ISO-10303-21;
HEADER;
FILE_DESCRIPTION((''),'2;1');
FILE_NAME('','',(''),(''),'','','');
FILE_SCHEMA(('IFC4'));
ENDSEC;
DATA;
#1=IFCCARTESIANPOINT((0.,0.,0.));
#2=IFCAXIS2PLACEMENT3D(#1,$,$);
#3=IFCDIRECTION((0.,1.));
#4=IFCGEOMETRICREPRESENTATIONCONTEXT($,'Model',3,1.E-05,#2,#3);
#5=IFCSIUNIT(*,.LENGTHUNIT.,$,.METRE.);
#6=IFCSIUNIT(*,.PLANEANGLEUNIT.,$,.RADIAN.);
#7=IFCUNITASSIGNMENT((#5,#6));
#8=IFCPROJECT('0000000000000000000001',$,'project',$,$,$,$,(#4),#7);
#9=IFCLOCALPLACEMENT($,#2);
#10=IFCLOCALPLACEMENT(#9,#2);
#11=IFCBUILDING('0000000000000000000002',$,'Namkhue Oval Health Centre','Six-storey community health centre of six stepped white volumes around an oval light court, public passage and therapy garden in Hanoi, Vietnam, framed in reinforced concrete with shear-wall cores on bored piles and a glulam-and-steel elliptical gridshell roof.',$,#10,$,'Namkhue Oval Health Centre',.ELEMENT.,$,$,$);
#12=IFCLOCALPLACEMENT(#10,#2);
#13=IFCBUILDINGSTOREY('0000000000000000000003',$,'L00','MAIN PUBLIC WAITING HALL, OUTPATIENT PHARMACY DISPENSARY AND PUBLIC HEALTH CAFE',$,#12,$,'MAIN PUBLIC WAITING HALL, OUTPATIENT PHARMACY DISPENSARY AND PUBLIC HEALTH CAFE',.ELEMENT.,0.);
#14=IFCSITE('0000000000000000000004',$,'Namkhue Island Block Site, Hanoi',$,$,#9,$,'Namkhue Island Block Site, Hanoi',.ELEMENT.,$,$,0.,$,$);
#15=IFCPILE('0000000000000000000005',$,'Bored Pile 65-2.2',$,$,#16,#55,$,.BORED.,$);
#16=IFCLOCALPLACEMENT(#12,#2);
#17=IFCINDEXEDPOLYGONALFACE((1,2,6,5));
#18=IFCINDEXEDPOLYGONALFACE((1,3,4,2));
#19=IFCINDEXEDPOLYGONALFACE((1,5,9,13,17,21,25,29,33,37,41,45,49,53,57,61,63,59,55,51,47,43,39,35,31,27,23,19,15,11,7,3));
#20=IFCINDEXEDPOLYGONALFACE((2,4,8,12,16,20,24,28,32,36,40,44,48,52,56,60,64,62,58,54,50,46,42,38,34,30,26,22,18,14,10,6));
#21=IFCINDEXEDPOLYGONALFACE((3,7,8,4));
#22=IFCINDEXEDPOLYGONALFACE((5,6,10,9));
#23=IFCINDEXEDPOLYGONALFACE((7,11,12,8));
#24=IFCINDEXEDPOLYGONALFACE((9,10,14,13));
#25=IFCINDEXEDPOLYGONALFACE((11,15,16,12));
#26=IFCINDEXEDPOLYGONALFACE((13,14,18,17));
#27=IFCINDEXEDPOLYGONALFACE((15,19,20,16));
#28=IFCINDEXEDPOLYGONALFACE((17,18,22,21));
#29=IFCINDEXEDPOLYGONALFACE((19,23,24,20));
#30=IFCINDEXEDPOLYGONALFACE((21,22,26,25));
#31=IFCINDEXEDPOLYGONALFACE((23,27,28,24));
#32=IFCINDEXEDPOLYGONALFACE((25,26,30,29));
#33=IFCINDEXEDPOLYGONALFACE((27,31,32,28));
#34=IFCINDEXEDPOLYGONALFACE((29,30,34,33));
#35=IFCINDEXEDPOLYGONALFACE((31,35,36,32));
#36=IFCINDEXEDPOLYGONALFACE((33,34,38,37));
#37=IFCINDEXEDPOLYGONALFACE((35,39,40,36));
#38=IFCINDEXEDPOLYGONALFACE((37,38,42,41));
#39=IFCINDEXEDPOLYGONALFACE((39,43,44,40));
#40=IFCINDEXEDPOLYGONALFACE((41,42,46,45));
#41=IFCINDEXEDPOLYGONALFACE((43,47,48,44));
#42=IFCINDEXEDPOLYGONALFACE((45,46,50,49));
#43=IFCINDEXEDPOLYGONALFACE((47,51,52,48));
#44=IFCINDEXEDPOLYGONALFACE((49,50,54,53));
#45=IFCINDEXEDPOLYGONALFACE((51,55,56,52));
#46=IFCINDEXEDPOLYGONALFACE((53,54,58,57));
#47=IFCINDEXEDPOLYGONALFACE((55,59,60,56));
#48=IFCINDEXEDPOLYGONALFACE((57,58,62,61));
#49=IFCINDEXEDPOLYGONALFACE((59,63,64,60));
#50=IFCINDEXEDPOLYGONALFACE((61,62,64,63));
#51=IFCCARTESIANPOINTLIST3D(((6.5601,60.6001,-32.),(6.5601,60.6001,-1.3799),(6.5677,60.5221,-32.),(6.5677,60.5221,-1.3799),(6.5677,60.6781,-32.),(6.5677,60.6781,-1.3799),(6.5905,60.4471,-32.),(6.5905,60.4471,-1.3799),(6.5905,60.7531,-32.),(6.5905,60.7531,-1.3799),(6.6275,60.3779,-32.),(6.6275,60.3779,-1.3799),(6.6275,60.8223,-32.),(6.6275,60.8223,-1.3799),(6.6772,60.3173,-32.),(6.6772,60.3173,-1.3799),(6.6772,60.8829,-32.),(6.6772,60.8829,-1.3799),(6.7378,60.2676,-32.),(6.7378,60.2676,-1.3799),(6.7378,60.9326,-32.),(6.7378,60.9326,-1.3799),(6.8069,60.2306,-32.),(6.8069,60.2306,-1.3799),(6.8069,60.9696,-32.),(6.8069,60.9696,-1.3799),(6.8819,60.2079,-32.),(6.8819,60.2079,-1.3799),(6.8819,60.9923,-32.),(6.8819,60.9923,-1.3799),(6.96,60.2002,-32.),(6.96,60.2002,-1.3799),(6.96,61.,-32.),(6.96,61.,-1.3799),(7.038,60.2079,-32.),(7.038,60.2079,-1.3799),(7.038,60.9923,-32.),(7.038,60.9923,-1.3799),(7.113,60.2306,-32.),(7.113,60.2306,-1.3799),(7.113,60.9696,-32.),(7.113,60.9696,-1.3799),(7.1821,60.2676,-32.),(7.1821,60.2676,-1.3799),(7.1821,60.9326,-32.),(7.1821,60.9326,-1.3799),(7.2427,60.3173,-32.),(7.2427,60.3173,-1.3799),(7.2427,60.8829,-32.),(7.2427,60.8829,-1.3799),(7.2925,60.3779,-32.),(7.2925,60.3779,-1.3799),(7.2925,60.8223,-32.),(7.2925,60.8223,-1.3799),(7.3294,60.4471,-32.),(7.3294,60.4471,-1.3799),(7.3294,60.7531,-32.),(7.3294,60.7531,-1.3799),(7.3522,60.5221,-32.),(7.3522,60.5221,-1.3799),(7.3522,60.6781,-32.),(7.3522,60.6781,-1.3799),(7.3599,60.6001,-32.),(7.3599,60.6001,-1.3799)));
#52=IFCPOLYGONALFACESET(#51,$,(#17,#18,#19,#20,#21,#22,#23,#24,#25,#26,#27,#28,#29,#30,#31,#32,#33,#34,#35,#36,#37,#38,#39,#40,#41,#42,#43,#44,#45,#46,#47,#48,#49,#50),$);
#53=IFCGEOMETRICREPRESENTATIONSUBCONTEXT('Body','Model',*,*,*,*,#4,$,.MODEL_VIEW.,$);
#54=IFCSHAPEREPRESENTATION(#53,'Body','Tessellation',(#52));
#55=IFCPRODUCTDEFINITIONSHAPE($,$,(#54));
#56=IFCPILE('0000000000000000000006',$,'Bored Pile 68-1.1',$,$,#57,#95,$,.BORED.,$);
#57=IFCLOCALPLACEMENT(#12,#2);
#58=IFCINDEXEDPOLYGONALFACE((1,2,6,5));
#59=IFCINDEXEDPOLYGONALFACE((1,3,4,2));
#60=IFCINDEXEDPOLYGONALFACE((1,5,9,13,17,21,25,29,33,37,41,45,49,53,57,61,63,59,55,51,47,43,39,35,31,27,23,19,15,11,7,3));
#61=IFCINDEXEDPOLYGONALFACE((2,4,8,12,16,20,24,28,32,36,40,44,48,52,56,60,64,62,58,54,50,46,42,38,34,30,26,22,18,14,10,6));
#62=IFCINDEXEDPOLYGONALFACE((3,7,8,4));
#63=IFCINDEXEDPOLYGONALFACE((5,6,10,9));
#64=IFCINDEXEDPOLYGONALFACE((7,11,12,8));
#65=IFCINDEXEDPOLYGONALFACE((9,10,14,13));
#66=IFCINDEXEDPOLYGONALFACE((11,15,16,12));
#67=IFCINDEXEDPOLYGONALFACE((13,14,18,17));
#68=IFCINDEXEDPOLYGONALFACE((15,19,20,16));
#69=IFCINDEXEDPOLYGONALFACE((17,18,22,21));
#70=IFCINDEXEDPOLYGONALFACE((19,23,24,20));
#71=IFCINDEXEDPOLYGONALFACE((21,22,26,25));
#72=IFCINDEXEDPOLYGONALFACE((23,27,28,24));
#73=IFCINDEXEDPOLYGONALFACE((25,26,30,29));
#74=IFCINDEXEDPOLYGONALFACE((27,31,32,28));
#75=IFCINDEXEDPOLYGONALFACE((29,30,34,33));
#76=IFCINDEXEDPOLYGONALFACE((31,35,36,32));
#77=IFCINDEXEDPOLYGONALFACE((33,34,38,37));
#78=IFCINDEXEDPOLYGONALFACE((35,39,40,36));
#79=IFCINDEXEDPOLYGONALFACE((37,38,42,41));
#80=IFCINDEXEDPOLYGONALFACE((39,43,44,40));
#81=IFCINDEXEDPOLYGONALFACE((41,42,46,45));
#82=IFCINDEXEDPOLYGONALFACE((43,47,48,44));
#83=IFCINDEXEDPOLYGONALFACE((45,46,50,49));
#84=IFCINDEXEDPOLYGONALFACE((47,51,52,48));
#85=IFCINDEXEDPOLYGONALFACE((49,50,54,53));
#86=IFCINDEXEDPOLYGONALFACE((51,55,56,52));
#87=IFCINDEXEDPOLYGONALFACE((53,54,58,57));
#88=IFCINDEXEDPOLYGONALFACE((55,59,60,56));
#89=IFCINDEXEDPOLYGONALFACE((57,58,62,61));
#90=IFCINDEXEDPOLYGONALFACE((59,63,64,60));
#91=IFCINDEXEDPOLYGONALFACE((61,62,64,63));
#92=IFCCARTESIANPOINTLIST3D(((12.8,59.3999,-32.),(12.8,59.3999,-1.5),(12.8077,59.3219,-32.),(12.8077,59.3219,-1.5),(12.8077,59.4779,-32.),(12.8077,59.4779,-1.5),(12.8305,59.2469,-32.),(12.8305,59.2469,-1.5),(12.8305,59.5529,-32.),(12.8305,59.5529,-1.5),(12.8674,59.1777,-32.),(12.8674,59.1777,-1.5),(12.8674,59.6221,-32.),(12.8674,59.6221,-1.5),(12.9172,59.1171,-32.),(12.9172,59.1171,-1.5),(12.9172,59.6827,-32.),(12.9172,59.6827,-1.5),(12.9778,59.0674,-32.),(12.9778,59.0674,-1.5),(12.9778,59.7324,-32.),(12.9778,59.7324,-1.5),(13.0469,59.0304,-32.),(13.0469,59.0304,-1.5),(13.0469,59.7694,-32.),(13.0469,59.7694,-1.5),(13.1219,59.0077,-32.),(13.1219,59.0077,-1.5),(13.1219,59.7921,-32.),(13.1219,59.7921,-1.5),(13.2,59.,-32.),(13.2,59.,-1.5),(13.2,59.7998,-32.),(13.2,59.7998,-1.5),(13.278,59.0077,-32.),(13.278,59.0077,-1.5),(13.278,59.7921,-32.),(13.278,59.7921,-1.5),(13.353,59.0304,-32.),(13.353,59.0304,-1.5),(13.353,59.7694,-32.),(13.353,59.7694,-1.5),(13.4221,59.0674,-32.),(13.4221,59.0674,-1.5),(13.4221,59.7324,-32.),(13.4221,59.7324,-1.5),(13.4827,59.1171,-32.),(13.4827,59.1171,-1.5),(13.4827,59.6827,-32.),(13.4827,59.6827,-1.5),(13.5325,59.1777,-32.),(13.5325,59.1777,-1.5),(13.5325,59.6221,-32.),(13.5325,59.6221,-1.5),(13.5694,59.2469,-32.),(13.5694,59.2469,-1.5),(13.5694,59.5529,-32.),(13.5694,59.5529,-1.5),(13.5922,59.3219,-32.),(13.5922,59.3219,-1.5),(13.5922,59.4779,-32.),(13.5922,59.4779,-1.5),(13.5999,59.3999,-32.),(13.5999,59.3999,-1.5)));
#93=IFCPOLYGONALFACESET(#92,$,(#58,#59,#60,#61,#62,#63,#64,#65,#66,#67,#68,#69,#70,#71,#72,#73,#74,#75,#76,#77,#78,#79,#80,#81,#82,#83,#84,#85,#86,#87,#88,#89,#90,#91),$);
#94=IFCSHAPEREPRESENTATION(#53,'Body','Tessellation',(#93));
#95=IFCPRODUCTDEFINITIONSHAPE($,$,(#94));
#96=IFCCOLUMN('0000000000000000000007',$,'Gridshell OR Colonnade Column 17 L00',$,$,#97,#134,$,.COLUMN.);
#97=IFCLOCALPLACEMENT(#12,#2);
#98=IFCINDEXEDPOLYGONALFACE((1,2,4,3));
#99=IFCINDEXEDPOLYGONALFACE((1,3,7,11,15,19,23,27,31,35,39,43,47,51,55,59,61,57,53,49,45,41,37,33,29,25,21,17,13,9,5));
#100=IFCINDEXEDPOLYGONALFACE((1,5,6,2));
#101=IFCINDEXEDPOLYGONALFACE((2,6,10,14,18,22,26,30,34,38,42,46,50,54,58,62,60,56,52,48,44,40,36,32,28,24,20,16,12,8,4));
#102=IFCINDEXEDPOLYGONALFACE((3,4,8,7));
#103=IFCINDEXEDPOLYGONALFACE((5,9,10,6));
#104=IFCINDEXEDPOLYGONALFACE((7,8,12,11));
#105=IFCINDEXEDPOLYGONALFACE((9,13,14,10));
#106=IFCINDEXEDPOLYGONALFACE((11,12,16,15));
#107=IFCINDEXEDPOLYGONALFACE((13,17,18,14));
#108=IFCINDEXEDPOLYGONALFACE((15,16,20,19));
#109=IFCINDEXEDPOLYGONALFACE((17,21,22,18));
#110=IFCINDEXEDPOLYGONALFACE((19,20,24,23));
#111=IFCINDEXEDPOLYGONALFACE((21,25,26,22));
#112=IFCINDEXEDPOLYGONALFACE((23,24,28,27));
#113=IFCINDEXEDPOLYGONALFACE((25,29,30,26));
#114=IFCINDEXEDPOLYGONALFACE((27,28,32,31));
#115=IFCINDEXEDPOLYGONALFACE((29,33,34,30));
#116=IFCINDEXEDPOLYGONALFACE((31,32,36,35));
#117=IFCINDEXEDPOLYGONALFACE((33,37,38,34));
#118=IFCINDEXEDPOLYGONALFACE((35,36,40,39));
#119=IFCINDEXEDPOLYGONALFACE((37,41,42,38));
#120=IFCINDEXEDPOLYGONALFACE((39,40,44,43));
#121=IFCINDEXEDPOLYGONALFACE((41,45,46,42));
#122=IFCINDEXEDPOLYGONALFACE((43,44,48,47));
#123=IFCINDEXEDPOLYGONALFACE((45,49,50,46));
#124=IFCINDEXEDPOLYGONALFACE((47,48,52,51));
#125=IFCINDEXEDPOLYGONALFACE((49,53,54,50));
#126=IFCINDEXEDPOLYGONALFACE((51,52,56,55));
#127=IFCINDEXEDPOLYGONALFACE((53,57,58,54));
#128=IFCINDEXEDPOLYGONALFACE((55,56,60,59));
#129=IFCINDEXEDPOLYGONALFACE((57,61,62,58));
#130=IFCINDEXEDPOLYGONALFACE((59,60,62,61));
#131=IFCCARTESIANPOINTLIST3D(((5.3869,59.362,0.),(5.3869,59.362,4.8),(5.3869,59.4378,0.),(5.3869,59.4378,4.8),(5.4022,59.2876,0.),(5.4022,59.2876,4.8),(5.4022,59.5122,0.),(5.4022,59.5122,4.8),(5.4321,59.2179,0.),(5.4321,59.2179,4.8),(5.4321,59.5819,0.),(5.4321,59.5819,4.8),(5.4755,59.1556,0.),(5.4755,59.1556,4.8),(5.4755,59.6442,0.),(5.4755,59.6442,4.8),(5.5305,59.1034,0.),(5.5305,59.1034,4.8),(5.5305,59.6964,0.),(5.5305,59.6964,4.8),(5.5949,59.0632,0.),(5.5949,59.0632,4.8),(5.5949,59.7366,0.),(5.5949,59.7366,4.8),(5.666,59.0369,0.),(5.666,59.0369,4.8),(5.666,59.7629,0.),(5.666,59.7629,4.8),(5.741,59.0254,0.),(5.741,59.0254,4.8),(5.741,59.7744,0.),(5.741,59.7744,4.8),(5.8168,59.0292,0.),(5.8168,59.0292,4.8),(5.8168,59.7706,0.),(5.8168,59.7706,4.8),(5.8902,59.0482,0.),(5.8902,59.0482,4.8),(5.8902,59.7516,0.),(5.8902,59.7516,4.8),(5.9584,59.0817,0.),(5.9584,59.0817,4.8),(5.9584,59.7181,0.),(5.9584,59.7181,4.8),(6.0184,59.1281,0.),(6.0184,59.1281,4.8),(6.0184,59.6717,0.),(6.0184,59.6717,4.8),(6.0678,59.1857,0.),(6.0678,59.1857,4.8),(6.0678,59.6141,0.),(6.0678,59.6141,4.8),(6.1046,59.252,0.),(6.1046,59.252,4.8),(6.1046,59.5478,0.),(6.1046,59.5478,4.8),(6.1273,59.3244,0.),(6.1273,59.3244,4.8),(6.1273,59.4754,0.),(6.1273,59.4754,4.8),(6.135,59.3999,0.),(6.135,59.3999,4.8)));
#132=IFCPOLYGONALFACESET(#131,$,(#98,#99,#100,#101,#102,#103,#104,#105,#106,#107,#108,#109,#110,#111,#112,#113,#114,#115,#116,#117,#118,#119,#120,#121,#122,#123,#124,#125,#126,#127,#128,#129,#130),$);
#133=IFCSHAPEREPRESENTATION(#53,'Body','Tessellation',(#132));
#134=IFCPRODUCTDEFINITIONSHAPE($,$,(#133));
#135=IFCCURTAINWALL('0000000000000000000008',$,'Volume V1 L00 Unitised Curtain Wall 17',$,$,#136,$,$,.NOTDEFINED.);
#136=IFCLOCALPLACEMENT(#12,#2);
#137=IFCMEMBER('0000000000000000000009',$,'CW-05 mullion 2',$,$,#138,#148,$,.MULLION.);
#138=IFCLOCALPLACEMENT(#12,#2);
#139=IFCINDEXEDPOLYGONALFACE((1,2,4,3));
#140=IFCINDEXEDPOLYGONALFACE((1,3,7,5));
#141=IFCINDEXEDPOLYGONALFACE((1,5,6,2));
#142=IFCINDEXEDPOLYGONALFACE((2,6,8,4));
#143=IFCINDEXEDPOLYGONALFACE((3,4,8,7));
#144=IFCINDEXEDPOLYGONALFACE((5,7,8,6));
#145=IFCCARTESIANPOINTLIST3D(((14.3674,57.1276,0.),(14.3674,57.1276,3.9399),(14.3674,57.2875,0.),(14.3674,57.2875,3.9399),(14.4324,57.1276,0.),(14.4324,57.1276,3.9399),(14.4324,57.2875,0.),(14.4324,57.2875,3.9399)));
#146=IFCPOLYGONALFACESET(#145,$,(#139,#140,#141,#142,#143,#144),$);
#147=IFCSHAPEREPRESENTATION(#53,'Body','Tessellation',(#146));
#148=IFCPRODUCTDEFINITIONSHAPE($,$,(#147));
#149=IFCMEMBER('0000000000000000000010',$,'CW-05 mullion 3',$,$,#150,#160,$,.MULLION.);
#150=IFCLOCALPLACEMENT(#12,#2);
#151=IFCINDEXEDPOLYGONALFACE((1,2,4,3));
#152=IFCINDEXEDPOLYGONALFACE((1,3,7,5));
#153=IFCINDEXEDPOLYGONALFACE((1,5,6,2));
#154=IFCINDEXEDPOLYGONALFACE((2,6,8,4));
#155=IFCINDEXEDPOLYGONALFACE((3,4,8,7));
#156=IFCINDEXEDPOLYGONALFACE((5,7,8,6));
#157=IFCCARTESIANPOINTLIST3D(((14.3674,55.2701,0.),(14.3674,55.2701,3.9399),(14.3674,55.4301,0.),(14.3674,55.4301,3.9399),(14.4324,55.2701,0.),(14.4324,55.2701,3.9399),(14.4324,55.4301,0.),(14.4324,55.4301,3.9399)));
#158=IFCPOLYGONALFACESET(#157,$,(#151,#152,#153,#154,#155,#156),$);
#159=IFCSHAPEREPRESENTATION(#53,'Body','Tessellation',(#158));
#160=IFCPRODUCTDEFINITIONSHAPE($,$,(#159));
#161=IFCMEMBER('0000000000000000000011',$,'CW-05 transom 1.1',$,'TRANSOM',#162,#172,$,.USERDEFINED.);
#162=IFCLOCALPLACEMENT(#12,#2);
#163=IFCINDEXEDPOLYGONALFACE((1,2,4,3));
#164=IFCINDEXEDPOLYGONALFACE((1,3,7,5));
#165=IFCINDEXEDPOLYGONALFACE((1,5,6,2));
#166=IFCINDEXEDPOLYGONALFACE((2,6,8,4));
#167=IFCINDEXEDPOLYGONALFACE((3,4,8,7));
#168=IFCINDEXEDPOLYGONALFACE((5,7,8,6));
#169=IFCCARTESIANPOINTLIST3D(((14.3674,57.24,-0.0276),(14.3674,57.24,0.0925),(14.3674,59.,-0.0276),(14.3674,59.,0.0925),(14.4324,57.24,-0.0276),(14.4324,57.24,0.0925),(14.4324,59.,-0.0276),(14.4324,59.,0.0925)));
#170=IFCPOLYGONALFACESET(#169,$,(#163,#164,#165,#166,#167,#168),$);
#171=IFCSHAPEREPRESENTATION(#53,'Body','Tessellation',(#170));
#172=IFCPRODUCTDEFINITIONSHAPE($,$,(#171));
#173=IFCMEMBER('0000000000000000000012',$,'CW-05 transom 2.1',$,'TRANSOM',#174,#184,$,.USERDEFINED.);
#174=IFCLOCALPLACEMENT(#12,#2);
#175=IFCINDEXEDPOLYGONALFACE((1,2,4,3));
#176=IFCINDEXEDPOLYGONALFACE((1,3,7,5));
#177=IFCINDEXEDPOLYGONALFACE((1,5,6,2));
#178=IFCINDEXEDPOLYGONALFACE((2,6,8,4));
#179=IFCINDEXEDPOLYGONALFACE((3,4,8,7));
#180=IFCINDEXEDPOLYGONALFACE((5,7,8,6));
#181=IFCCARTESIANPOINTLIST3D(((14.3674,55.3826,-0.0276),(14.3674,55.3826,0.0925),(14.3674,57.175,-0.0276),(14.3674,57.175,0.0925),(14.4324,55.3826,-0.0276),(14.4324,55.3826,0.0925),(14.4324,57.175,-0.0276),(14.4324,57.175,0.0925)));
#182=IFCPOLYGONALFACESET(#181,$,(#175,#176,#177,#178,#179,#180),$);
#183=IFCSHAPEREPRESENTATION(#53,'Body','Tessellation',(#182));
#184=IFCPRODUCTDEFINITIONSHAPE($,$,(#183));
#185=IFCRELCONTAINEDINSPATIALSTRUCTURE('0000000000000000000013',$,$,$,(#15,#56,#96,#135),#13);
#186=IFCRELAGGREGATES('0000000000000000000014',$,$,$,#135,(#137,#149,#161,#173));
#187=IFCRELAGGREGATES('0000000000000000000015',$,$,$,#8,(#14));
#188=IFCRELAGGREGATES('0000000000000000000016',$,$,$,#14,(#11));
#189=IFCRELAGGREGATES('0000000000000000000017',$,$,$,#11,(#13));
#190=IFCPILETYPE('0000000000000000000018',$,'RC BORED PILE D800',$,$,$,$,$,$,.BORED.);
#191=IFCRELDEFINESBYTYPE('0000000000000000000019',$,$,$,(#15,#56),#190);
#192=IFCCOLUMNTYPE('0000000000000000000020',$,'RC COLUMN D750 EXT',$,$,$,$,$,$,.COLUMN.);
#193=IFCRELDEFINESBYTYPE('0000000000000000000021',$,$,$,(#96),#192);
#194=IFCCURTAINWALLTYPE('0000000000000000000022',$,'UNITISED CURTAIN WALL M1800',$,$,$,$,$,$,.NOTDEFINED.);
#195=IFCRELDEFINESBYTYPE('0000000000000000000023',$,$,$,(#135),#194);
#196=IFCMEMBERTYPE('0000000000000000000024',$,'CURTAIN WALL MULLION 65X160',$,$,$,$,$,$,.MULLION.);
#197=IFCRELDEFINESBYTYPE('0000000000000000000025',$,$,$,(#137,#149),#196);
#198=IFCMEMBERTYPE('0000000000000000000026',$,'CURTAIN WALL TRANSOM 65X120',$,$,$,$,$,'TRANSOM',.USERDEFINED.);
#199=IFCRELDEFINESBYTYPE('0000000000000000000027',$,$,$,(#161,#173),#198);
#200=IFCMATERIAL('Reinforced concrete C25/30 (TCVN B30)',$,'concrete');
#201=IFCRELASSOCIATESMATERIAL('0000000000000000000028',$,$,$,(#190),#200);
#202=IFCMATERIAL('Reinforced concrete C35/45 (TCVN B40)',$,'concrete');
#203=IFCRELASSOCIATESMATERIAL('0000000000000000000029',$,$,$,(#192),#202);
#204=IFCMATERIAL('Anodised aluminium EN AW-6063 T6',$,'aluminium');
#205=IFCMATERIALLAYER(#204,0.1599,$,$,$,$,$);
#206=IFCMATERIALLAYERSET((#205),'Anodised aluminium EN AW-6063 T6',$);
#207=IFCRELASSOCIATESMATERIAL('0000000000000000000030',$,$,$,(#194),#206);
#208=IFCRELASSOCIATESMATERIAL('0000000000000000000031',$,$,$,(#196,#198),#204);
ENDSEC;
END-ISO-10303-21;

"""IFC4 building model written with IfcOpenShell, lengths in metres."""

from ifc_helpers import new_model, si_unit, direction, frame, origin, origin_2d, place, context, subcontext, project, spatial, rectangle, circle, extrude, material, layer, layer_set, material_profile, profile_set, type_object, element, aggregate, save


model = new_model("IFC4")

# Units and contexts
model_context = context("Model", 3, precision=1e-05, world=origin(), true_north=direction((0.0, 1.0)))
body_context = subcontext(model_context, "Body", "Model", "MODEL_VIEW")
ifc_project = project(units=[si_unit("LENGTHUNIT", "METRE"), si_unit("PLANEANGLEUNIT", "RADIAN")], contexts=[model_context])

# Site, building, storey
site_placement = place(None, origin())
site = spatial("IfcSite", under=ifc_project, at=site_placement, Name="Namkhue Island Block Site, Hanoi", LongName="Namkhue Island Block Site, Hanoi", CompositionType="ELEMENT", RefElevation=0.0)
building_placement = place(site_placement, origin())
building = spatial("IfcBuilding", under=site, at=building_placement, Name="Namkhue Oval Health Centre", Description="Six-storey community health centre of six stepped white volumes around an oval light court, public passage and therapy garden in Hanoi, Vietnam, framed in reinforced concrete with shear-wall cores on bored piles and a glulam-and-steel elliptical gridshell roof.", LongName="Namkhue Oval Health Centre", CompositionType="ELEMENT")
storey_placement = place(building_placement, origin())
storey = spatial("IfcBuildingStorey", under=building, at=storey_placement, Name="L00", Description="MAIN PUBLIC WAITING HALL, OUTPATIENT PHARMACY DISPENSARY AND PUBLIC HEALTH CAFE", LongName="MAIN PUBLIC WAITING HALL, OUTPATIENT PHARMACY DISPENSARY AND PUBLIC HEALTH CAFE", CompositionType="ELEMENT", Elevation=0.0)

# Piles
ifc_material_1 = material(Name="Reinforced concrete C25/30 (TCVN B30)", Category="concrete")
ifc_material_profile_1 = material_profile(ifc_material_1, circle(Radius=0.3999, at=origin_2d()), Name="BORED PILE D800")
ifc_profile_set_1 = profile_set([ifc_material_profile_1], Name="Reinforced concrete C25/30 (TCVN B30)")
pile_type = type_object("IfcPileType", Name="RC BORED PILE D800", PredefinedType="BORED", material=ifc_profile_set_1)
for number, where, z_axis, x_axis, name in (
    (1, (6.96, 60.6001, -1.3799), (0.0, 0.0, -1.0), (1.0, 0.0, 0.0), "Bored Pile 65-2.2"),
):
    element("IfcPile", number, at=place(storey_placement, frame(where, z_axis=z_axis, x_axis=x_axis)), inside=storey, type_object=pile_type, Name=name, PredefinedType="BORED", context=body_context, shape_type="SweptSolid", body=[
        extrude(circle(Radius=0.3999, at=origin_2d()), origin(), (0.0, 0.0, 1.0), 30.6201),
    ])
pile_placement = place(storey_placement, frame((13.2, 59.3999, -1.5), z_axis=(0.0, 0.0, -1.0), x_axis=(1.0, 0.0, 0.0)))
element("IfcPile", 2, at=pile_placement, inside=storey, type_object=pile_type, Name="Bored Pile 68-1.1", PredefinedType="BORED", context=body_context, shape_type="SweptSolid", body=[
    extrude(circle(Radius=0.3999, at=origin_2d()), origin(), (0.0, 0.0, 1.0), 30.5),
])

# Column
ifc_material_2 = material(Name="Reinforced concrete C35/45 (TCVN B40)", Category="concrete")
ifc_material_profile_2 = material_profile(ifc_material_2, circle(Radius=0.375, at=origin_2d()), Name="RC D750")
ifc_profile_set_2 = profile_set([ifc_material_profile_2], Name="Reinforced concrete C35/45 (TCVN B40)")
column_type = type_object("IfcColumnType", Name="RC COLUMN D750 EXT", PredefinedType="COLUMN", material=ifc_profile_set_2)
column_placement = place(storey_placement, frame((5.76, 59.3999, 0.0), z_axis=(0.0, 0.0, 1.0), x_axis=(1.0, 0.0, 0.0)))
element("IfcColumn", 3, at=column_placement, inside=storey, type_object=column_type, Name="Gridshell OR Colonnade Column 17 L00", PredefinedType="COLUMN", context=body_context, shape_type="SweptSolid", body=[
    extrude(circle(Radius=0.375, at=origin_2d()), origin(), (0.0, 0.0, 1.0), 4.8),
])

# Curtain wall, members
ifc_material_3 = material(Name="Anodised aluminium EN AW-6063 T6", Category="aluminium")
ifc_layer_1 = layer(ifc_material_3, 0.1599)
ifc_layer_set_1 = layer_set([ifc_layer_1], Name="Anodised aluminium EN AW-6063 T6")
curtain_wall_type = type_object("IfcCurtainWallType", Name="UNITISED CURTAIN WALL M1800", PredefinedType="NOTDEFINED", material=ifc_layer_set_1)
curtain_wall_placement = place(storey_placement, origin())
curtain_wall = element("IfcCurtainWall", 4, at=curtain_wall_placement, inside=storey, type_object=curtain_wall_type, Name="Volume V1 L00 Unitised Curtain Wall 17", PredefinedType="NOTDEFINED")
ifc_material_profile_3 = material_profile(ifc_material_3, rectangle(XDim=0.0649, YDim=0.1599, at=origin_2d()), Name="ALU 65x160")
ifc_profile_set_3 = profile_set([ifc_material_profile_3], Name="Anodised aluminium EN AW-6063 T6")
member_type_1 = type_object("IfcMemberType", Name="CURTAIN WALL MULLION 65X160", PredefinedType="MULLION", material=ifc_profile_set_3)
member_1_placement = place(storey_placement, frame((14.3999, 57.2075, 0.0), z_axis=(0.0, 0.0, 1.0), x_axis=(1.0, 0.0, 0.0)))
member_1 = element("IfcMember", 5, at=member_1_placement, type_object=member_type_1, Name="CW-05 mullion 2", PredefinedType="MULLION", context=body_context, shape_type="SweptSolid", body=[
    extrude(rectangle(XDim=0.0649, YDim=0.1599, at=origin_2d()), origin(), (0.0, 0.0, 1.0), 3.9399),
])
member_2_placement = place(storey_placement, frame((14.3999, 55.3501, 0.0), z_axis=(0.0, 0.0, 1.0), x_axis=(1.0, 0.0, 0.0)))
member_2 = element("IfcMember", 6, at=member_2_placement, type_object=member_type_1, Name="CW-05 mullion 3", PredefinedType="MULLION", context=body_context, shape_type="SweptSolid", body=[
    extrude(rectangle(XDim=0.0649, YDim=0.1599, at=origin_2d()), origin(), (0.0, 0.0, 1.0), 3.9399),
])
ifc_material_profile_4 = material_profile(ifc_material_3, rectangle(XDim=0.0649, YDim=0.1201, at=origin_2d()), Name="ALU 65x120")
ifc_profile_set_4 = profile_set([ifc_material_profile_4], Name="Anodised aluminium EN AW-6063 T6")
member_type_2 = type_object("IfcMemberType", Name="CURTAIN WALL TRANSOM 65X120", ElementType="TRANSOM", PredefinedType="USERDEFINED", material=ifc_profile_set_4)
member_3_placement = place(storey_placement, frame((14.3999, 59.0, 0.0325), z_axis=(0.0, -1.0, 0.0), x_axis=(1.0, 0.0, 0.0)))
member_3 = element("IfcMember", 7, at=member_3_placement, type_object=member_type_2, Name="CW-05 transom 1.1", ObjectType="TRANSOM", PredefinedType="USERDEFINED", context=body_context, shape_type="SweptSolid", body=[
    extrude(rectangle(XDim=0.0649, YDim=0.1201, at=origin_2d()), origin(), (0.0, 0.0, 1.0), 1.76),
])
member_4_placement = place(storey_placement, frame((14.3999, 57.175, 0.0325), z_axis=(0.0, -1.0, 0.0), x_axis=(1.0, 0.0, 0.0)))
member_4 = element("IfcMember", 8, at=member_4_placement, type_object=member_type_2, Name="CW-05 transom 2.1", ObjectType="TRANSOM", PredefinedType="USERDEFINED", context=body_context, shape_type="SweptSolid", body=[
    extrude(rectangle(XDim=0.0649, YDim=0.1201, at=origin_2d()), origin(), (0.0, 0.0, 1.0), 1.7925),
])
aggregate(curtain_wall, [member_1, member_2, member_3, member_4])

save(model, "model.ifc")
